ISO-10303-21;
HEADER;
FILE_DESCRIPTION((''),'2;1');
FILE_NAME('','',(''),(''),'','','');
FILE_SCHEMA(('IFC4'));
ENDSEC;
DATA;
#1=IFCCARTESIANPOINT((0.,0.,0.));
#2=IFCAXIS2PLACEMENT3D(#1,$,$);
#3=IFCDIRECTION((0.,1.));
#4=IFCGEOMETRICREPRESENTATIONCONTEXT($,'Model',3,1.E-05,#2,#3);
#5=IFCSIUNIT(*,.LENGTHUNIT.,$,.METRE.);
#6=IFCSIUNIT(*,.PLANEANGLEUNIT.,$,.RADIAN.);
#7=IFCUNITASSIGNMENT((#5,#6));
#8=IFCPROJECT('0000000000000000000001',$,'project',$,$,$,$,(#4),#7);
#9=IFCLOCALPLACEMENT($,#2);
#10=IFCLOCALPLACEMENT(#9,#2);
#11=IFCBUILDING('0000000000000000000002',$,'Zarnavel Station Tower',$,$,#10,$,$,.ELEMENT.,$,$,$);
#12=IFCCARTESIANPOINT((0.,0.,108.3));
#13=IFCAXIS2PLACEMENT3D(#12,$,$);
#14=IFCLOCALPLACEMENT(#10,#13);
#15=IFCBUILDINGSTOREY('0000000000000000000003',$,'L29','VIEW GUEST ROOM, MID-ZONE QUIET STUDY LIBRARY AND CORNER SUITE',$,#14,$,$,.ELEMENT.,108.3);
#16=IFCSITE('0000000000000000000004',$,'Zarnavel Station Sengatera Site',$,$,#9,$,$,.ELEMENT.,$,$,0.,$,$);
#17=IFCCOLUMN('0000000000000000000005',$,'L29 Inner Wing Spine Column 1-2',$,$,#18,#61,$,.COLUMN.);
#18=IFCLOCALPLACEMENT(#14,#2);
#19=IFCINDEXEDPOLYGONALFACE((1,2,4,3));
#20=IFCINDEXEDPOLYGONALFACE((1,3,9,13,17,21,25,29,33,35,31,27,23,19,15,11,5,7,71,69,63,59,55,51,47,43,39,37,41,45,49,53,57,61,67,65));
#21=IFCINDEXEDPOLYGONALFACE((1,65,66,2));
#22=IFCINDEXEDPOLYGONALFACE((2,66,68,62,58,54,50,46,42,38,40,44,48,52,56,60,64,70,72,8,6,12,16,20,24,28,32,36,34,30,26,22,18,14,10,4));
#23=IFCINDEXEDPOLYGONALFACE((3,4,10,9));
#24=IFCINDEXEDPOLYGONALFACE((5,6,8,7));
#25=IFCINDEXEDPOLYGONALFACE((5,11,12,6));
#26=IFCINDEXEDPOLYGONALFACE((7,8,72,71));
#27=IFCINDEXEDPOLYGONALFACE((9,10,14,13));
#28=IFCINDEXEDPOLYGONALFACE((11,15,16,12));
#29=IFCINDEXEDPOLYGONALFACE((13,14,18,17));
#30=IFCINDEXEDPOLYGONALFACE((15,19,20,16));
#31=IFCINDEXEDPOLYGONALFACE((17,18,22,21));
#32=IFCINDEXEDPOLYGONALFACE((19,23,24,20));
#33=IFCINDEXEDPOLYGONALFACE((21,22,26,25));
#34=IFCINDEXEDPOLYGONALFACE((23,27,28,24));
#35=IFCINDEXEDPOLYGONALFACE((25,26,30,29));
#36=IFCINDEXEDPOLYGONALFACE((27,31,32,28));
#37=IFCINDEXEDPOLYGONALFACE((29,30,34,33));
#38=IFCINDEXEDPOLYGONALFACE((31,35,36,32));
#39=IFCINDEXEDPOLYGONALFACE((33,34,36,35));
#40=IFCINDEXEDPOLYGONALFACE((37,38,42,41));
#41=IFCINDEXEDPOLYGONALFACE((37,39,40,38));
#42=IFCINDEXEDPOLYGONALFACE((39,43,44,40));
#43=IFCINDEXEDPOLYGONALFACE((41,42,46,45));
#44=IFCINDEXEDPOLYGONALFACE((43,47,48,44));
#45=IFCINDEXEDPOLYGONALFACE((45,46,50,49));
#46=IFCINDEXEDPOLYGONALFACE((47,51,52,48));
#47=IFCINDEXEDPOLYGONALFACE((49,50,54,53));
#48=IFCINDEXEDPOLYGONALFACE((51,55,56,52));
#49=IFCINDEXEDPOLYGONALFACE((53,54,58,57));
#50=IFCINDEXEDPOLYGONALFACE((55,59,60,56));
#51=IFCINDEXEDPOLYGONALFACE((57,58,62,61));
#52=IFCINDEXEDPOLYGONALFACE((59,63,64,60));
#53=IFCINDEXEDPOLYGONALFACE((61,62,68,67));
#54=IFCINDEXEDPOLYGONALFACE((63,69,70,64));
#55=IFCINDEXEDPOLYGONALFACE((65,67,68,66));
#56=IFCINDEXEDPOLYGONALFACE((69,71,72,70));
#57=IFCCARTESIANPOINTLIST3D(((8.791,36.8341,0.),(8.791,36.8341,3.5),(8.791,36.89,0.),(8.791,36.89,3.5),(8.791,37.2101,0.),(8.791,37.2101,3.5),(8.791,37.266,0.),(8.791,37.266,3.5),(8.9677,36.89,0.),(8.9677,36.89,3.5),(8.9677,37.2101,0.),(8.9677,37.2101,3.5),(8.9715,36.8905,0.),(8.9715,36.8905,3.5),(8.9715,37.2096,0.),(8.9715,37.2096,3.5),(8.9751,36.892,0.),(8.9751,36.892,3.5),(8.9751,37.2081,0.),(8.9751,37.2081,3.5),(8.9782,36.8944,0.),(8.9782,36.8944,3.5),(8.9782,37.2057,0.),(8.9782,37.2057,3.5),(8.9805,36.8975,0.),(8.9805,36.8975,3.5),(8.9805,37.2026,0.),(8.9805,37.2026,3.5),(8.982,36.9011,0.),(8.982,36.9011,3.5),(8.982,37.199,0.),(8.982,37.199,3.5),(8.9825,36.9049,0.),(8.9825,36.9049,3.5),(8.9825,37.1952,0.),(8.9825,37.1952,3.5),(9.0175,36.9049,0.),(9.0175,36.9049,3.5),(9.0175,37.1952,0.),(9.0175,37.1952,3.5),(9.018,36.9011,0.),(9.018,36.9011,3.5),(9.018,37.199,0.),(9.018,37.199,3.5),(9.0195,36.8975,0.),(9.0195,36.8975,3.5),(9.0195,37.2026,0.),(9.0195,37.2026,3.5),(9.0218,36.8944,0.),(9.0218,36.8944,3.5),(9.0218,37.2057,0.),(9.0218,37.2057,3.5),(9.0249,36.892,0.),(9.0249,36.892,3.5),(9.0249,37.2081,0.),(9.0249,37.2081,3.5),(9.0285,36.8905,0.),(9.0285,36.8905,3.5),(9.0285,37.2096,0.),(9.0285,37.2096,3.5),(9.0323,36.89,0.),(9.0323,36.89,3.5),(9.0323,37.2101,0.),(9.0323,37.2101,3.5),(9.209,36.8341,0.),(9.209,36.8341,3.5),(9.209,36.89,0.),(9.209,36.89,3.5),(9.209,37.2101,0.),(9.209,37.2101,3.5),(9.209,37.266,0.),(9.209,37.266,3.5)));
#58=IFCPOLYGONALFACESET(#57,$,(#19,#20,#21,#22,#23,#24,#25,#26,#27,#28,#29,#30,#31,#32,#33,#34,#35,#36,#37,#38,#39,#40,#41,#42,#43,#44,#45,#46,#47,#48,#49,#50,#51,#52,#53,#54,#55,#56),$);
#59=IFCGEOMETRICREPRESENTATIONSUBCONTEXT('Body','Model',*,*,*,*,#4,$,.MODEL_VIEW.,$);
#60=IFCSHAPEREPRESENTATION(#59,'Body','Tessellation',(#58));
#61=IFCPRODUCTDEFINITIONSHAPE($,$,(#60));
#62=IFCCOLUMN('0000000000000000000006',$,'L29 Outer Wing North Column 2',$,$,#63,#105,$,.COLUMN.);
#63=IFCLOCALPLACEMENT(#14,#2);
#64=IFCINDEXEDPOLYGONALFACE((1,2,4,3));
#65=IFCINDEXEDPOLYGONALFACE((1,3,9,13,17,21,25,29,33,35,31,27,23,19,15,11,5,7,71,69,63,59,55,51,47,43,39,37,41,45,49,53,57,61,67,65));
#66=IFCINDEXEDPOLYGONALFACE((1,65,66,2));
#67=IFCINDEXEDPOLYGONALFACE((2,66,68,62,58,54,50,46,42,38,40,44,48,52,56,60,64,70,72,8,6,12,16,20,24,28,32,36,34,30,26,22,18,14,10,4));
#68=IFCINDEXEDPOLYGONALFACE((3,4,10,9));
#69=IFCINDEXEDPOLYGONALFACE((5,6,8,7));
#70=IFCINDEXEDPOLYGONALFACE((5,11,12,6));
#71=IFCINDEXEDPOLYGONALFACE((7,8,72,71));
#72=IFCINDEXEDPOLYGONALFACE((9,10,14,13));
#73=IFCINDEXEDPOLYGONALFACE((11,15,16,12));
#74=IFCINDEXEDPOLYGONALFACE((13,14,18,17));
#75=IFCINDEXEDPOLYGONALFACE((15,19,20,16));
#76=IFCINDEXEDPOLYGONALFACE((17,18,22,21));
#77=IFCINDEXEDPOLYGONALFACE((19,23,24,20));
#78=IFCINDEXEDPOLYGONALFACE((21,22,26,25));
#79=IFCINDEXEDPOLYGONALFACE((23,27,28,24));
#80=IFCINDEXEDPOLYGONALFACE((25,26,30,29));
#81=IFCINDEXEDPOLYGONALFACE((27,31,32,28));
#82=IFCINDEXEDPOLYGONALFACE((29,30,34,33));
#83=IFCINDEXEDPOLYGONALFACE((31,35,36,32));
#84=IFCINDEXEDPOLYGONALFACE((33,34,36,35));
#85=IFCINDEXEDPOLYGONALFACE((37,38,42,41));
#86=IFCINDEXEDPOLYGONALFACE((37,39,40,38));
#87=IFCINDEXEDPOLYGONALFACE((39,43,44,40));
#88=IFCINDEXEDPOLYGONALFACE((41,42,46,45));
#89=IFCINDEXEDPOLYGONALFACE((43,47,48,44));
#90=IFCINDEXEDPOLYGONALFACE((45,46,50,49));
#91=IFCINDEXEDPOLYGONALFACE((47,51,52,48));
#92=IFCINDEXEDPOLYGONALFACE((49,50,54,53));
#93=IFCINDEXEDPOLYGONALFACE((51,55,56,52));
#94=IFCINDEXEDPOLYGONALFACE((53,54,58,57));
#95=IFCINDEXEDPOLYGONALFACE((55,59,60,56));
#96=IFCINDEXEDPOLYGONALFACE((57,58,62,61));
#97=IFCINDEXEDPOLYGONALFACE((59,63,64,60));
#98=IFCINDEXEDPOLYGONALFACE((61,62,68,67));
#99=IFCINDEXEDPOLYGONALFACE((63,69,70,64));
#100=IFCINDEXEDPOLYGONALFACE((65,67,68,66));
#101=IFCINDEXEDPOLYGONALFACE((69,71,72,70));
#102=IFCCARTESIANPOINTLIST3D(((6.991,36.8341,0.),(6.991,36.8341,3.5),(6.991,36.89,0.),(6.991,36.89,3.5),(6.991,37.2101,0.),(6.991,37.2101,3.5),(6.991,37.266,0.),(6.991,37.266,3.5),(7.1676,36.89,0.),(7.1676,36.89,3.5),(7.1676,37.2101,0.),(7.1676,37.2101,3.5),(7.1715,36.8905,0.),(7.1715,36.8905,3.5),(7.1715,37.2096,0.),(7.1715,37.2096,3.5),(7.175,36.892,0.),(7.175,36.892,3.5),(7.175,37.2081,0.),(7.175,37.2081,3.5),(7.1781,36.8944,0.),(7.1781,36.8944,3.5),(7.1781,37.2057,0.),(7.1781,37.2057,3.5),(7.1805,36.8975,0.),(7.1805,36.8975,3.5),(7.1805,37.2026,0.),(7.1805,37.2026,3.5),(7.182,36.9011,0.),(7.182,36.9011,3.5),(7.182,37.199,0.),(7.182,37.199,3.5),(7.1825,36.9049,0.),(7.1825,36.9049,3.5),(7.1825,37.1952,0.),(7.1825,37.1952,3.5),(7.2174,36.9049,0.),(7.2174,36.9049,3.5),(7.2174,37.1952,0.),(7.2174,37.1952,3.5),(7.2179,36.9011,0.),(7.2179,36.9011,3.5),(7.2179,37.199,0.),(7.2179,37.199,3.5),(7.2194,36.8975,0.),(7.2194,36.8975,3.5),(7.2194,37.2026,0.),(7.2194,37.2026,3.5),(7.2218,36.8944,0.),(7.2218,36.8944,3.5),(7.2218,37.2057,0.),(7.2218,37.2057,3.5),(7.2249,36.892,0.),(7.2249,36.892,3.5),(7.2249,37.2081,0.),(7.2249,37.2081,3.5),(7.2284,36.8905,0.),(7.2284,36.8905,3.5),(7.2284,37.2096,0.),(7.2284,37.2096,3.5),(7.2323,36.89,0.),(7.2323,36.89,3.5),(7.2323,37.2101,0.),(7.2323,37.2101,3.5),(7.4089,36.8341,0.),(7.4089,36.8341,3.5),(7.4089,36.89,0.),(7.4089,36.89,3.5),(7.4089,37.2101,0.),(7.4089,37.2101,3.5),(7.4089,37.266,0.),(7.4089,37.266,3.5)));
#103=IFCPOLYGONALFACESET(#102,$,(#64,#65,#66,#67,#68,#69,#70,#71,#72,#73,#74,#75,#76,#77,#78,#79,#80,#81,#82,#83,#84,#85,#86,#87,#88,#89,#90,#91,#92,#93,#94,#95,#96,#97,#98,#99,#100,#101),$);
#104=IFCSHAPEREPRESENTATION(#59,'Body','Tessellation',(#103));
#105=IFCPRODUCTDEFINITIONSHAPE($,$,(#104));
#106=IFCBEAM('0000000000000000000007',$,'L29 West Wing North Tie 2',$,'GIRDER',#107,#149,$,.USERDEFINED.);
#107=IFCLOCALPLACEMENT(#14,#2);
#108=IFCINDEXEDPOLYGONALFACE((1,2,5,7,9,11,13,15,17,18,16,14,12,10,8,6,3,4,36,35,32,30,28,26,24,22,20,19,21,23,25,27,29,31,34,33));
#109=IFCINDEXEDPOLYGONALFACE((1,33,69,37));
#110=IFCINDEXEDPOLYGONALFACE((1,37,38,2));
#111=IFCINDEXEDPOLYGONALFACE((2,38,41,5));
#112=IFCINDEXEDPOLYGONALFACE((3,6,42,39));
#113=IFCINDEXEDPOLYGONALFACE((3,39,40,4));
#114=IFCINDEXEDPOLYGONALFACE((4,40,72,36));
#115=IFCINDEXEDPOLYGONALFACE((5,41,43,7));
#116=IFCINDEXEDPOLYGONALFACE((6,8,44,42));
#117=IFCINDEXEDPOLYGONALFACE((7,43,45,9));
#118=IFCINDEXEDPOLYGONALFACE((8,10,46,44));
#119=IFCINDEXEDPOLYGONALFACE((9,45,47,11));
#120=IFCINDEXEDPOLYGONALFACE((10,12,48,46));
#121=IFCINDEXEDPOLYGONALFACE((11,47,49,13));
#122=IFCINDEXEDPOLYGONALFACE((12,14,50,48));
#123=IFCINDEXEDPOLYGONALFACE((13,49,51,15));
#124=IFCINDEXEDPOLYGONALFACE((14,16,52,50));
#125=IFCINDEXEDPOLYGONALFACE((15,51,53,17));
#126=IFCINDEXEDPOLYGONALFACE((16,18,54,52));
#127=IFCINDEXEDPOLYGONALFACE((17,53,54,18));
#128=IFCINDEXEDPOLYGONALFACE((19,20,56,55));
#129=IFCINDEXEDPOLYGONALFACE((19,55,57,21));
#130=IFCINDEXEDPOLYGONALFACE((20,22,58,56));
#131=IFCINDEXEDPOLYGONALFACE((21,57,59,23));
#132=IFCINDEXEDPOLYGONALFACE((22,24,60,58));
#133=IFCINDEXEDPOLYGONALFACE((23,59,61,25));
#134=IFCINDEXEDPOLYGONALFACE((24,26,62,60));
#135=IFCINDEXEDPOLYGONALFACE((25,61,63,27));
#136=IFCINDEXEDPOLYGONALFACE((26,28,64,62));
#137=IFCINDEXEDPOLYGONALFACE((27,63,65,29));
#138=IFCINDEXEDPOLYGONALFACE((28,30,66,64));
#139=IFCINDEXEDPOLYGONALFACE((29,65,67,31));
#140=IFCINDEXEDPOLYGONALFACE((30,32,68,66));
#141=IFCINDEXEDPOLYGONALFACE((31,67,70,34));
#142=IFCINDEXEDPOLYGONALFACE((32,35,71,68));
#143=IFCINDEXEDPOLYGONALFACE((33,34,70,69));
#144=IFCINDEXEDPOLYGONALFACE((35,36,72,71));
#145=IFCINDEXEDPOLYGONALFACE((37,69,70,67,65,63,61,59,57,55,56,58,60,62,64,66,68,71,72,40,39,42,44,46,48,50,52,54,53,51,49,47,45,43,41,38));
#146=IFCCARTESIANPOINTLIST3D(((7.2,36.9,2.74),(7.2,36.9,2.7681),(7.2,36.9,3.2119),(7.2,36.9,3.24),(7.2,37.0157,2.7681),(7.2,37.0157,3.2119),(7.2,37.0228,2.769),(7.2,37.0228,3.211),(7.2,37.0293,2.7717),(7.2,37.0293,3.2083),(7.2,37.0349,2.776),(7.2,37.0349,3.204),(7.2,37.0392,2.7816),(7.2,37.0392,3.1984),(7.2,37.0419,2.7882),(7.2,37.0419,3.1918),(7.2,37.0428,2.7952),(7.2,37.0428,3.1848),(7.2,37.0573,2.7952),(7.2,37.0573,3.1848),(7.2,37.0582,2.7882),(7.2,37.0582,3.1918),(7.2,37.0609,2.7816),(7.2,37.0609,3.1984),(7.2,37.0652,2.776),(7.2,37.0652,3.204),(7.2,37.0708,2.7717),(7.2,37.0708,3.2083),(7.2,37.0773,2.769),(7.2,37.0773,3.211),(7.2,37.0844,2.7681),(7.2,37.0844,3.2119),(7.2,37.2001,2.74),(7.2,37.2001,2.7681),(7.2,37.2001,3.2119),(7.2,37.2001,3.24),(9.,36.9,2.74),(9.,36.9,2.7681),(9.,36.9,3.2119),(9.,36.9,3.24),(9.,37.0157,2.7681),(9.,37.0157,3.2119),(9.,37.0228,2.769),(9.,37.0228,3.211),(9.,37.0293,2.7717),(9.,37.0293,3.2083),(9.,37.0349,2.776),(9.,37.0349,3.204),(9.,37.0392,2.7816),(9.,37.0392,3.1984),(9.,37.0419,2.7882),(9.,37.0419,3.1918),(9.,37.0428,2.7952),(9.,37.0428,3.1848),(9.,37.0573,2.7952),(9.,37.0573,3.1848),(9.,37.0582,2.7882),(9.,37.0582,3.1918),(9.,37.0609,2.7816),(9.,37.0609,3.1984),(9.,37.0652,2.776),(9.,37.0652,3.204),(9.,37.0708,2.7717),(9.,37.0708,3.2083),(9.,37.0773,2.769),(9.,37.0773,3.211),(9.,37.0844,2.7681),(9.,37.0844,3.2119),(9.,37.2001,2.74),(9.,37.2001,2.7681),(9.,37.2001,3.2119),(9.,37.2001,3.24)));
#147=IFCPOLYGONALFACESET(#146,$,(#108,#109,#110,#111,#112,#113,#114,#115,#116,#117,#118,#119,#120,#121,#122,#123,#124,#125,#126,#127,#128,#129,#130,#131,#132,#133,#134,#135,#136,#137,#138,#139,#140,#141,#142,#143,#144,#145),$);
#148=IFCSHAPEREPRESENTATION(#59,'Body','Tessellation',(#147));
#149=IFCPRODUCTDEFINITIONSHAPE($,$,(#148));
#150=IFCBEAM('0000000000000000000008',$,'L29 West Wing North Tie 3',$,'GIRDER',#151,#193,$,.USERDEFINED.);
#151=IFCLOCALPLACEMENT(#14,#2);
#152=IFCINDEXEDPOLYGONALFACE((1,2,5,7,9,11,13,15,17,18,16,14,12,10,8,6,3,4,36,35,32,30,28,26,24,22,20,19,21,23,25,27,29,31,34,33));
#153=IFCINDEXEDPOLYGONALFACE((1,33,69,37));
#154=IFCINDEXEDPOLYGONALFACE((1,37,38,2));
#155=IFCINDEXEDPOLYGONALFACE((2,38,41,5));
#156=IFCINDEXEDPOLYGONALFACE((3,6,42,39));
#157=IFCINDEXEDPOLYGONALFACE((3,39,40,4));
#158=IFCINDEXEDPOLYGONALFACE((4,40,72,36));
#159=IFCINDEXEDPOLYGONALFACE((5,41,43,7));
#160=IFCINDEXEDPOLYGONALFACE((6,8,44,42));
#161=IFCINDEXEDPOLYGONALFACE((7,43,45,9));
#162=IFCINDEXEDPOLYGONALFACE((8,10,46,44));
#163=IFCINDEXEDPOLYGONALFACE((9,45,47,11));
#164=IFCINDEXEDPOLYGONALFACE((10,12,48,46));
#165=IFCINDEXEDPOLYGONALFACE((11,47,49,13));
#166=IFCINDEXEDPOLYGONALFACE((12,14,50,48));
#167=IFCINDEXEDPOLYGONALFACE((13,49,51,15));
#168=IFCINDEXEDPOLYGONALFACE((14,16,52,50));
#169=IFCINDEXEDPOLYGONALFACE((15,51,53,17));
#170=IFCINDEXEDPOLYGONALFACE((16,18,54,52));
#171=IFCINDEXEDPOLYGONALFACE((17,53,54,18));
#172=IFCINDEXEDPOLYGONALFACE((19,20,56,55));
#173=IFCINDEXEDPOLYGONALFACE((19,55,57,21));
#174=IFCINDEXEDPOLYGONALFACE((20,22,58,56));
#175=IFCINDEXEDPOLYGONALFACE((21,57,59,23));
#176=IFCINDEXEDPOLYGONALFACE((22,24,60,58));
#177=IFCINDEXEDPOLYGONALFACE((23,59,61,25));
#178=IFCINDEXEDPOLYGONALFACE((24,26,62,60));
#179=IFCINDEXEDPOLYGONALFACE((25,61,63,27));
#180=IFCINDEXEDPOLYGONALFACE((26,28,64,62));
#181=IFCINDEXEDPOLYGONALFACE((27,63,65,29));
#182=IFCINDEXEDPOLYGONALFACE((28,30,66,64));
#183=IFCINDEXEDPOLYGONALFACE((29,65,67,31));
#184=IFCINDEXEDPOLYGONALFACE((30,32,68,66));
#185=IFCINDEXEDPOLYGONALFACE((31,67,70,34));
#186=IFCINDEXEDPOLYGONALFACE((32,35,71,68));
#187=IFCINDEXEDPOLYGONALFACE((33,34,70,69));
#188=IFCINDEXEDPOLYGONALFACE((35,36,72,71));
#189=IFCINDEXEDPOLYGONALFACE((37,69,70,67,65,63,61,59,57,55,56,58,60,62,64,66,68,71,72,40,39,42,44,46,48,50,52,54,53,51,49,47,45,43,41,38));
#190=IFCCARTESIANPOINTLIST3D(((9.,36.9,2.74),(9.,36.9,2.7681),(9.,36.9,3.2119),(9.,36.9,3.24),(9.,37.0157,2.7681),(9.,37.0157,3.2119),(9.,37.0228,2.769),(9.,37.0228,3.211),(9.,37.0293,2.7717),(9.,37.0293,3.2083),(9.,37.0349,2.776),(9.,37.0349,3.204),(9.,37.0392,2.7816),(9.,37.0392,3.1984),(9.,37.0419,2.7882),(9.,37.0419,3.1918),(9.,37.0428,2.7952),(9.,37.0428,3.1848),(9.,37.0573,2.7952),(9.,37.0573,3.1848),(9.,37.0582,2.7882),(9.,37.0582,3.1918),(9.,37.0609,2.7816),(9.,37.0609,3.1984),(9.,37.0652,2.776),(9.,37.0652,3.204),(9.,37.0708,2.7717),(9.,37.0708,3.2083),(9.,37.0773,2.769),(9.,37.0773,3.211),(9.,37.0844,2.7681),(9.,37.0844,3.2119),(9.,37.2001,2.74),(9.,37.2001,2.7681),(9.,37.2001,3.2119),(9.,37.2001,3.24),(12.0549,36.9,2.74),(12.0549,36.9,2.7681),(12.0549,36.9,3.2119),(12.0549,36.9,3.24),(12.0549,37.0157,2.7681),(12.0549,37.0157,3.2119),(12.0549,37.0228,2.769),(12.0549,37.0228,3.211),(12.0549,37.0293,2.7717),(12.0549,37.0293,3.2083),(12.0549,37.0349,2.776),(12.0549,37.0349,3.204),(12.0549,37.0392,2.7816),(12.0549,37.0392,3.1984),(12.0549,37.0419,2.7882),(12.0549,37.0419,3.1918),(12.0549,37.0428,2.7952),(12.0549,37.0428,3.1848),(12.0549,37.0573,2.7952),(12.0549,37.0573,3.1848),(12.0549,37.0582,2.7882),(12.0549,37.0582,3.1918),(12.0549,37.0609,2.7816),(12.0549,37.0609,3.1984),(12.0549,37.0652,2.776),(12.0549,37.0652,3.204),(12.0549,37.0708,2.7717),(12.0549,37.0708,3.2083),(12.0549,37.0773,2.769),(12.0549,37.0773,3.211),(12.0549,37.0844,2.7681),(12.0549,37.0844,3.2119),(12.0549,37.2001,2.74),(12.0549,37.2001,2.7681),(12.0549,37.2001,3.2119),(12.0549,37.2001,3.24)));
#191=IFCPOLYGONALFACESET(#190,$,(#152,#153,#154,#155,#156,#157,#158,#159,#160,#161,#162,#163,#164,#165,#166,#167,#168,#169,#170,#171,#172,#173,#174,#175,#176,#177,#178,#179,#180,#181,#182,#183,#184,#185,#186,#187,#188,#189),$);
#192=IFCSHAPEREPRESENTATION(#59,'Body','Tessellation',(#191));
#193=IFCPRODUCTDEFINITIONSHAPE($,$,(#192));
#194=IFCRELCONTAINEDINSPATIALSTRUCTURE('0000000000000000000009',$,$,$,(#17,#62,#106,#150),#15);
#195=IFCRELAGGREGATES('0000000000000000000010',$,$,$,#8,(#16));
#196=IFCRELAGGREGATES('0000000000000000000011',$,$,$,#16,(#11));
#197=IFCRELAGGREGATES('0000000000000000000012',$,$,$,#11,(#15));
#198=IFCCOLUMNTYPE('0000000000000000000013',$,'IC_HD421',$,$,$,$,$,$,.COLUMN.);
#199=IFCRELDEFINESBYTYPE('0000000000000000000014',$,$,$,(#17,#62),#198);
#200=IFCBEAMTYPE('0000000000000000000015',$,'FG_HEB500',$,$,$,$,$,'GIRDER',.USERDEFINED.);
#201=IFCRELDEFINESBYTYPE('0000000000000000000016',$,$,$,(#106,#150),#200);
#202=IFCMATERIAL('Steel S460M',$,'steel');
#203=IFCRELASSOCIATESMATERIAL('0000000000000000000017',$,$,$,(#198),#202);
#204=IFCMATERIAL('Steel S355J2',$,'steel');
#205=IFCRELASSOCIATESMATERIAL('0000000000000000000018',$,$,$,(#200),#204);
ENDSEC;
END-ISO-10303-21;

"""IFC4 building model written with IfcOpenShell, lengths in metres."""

from ifc_helpers import new_model, si_unit, direction, frame, origin, origin_2d, place, context, subcontext, project, spatial, i_section, extrude, material, material_profile, profile_set, type_object, element, save


model = new_model("IFC4")

# Units and contexts
model_context = context("Model", 3, precision=1e-05, world=origin(), true_north=direction((0.0, 1.0)))
body_context = subcontext(model_context, "Body", "Model", "MODEL_VIEW")
ifc_project = project(units=[si_unit("LENGTHUNIT", "METRE"), si_unit("PLANEANGLEUNIT", "RADIAN")], contexts=[model_context])

# Site, building, storey
site_placement = place(None, origin())
site = spatial("IfcSite", under=ifc_project, at=site_placement, Name="Zarnavel Station Sengatera Site", CompositionType="ELEMENT", RefElevation=0.0)
building_placement = place(site_placement, origin())
building = spatial("IfcBuilding", under=site, at=building_placement, Name="Zarnavel Station Tower", CompositionType="ELEMENT")
storey_placement = place(building_placement, frame((0.0, 0.0, 108.3)))
storey = spatial("IfcBuildingStorey", under=building, at=storey_placement, Name="L29", Description="VIEW GUEST ROOM, MID-ZONE QUIET STUDY LIBRARY AND CORNER SUITE", CompositionType="ELEMENT", Elevation=108.3)

# Columns
ifc_material_1 = material(Name="Steel S460M", Category="steel")
ifc_material_profile_1 = material_profile(ifc_material_1, i_section(OverallWidth=0.418, OverallDepth=0.4319, WebThickness=0.0349, FlangeThickness=0.0559, FilletRadius=0.0149, at=origin_2d()), Name="HD400x421")
ifc_profile_set_1 = profile_set([ifc_material_profile_1], Name="Steel S460M")
column_type = type_object("IfcColumnType", Name="IC_HD421", PredefinedType="COLUMN", material=ifc_profile_set_1)
for number, where, z_axis, x_axis, name in (
    (1, (9.0, 37.05, 0.0), (0.0, 0.0, 1.0), (1.0, 0.0, 0.0), "L29 Inner Wing Spine Column 1-2"),
    (2, (7.2, 37.05, 0.0), (0.0, 0.0, 1.0), (1.0, 0.0, 0.0), "L29 Outer Wing North Column 2"),
):
    element("IfcColumn", number, at=place(storey_placement, frame(where, z_axis=z_axis, x_axis=x_axis)), inside=storey, type_object=column_type, Name=name, PredefinedType="COLUMN", context=body_context, shape_type="SweptSolid", body=[
        extrude(i_section(OverallWidth=0.418, OverallDepth=0.4319, WebThickness=0.0349, FlangeThickness=0.0559, FilletRadius=0.0149, at=origin_2d()), origin(), (0.0, 0.0, 1.0), 3.5),
    ])

# Beams
ifc_material_2 = material(Name="Steel S355J2", Category="steel")
ifc_material_profile_2 = material_profile(ifc_material_2, i_section(OverallWidth=0.3, OverallDepth=0.5, WebThickness=0.0144, FlangeThickness=0.0281, FilletRadius=0.0271, at=origin_2d()), Name="HEB500")
ifc_profile_set_2 = profile_set([ifc_material_profile_2], Name="Steel S355J2")
beam_type = type_object("IfcBeamType", Name="FG_HEB500", ElementType="GIRDER", PredefinedType="USERDEFINED", material=ifc_profile_set_2)
beam_1_placement = place(storey_placement, frame((7.2, 37.05, 2.99), z_axis=(1.0, 0.0, 0.0), x_axis=(0.0, 1.0, 0.0)))
element("IfcBeam", 3, at=beam_1_placement, inside=storey, type_object=beam_type, Name="L29 West Wing North Tie 2", ObjectType="GIRDER", PredefinedType="USERDEFINED", context=body_context, shape_type="SweptSolid", body=[
    extrude(i_section(OverallWidth=0.3, OverallDepth=0.5, WebThickness=0.0144, FlangeThickness=0.0281, FilletRadius=0.0271, at=origin_2d()), origin(), (0.0, 0.0, 1.0), 1.8),
])
beam_2_placement = place(storey_placement, frame((9.0, 37.05, 2.99), z_axis=(1.0, 0.0, 0.0), x_axis=(0.0, 1.0, 0.0)))
element("IfcBeam", 4, at=beam_2_placement, inside=storey, type_object=beam_type, Name="L29 West Wing North Tie 3", ObjectType="GIRDER", PredefinedType="USERDEFINED", context=body_context, shape_type="SweptSolid", body=[
    extrude(i_section(OverallWidth=0.3, OverallDepth=0.5, WebThickness=0.0144, FlangeThickness=0.0281, FilletRadius=0.0271, at=origin_2d()), origin(), (0.0, 0.0, 1.0), 3.0549),
])

save(model, "model.ifc")
